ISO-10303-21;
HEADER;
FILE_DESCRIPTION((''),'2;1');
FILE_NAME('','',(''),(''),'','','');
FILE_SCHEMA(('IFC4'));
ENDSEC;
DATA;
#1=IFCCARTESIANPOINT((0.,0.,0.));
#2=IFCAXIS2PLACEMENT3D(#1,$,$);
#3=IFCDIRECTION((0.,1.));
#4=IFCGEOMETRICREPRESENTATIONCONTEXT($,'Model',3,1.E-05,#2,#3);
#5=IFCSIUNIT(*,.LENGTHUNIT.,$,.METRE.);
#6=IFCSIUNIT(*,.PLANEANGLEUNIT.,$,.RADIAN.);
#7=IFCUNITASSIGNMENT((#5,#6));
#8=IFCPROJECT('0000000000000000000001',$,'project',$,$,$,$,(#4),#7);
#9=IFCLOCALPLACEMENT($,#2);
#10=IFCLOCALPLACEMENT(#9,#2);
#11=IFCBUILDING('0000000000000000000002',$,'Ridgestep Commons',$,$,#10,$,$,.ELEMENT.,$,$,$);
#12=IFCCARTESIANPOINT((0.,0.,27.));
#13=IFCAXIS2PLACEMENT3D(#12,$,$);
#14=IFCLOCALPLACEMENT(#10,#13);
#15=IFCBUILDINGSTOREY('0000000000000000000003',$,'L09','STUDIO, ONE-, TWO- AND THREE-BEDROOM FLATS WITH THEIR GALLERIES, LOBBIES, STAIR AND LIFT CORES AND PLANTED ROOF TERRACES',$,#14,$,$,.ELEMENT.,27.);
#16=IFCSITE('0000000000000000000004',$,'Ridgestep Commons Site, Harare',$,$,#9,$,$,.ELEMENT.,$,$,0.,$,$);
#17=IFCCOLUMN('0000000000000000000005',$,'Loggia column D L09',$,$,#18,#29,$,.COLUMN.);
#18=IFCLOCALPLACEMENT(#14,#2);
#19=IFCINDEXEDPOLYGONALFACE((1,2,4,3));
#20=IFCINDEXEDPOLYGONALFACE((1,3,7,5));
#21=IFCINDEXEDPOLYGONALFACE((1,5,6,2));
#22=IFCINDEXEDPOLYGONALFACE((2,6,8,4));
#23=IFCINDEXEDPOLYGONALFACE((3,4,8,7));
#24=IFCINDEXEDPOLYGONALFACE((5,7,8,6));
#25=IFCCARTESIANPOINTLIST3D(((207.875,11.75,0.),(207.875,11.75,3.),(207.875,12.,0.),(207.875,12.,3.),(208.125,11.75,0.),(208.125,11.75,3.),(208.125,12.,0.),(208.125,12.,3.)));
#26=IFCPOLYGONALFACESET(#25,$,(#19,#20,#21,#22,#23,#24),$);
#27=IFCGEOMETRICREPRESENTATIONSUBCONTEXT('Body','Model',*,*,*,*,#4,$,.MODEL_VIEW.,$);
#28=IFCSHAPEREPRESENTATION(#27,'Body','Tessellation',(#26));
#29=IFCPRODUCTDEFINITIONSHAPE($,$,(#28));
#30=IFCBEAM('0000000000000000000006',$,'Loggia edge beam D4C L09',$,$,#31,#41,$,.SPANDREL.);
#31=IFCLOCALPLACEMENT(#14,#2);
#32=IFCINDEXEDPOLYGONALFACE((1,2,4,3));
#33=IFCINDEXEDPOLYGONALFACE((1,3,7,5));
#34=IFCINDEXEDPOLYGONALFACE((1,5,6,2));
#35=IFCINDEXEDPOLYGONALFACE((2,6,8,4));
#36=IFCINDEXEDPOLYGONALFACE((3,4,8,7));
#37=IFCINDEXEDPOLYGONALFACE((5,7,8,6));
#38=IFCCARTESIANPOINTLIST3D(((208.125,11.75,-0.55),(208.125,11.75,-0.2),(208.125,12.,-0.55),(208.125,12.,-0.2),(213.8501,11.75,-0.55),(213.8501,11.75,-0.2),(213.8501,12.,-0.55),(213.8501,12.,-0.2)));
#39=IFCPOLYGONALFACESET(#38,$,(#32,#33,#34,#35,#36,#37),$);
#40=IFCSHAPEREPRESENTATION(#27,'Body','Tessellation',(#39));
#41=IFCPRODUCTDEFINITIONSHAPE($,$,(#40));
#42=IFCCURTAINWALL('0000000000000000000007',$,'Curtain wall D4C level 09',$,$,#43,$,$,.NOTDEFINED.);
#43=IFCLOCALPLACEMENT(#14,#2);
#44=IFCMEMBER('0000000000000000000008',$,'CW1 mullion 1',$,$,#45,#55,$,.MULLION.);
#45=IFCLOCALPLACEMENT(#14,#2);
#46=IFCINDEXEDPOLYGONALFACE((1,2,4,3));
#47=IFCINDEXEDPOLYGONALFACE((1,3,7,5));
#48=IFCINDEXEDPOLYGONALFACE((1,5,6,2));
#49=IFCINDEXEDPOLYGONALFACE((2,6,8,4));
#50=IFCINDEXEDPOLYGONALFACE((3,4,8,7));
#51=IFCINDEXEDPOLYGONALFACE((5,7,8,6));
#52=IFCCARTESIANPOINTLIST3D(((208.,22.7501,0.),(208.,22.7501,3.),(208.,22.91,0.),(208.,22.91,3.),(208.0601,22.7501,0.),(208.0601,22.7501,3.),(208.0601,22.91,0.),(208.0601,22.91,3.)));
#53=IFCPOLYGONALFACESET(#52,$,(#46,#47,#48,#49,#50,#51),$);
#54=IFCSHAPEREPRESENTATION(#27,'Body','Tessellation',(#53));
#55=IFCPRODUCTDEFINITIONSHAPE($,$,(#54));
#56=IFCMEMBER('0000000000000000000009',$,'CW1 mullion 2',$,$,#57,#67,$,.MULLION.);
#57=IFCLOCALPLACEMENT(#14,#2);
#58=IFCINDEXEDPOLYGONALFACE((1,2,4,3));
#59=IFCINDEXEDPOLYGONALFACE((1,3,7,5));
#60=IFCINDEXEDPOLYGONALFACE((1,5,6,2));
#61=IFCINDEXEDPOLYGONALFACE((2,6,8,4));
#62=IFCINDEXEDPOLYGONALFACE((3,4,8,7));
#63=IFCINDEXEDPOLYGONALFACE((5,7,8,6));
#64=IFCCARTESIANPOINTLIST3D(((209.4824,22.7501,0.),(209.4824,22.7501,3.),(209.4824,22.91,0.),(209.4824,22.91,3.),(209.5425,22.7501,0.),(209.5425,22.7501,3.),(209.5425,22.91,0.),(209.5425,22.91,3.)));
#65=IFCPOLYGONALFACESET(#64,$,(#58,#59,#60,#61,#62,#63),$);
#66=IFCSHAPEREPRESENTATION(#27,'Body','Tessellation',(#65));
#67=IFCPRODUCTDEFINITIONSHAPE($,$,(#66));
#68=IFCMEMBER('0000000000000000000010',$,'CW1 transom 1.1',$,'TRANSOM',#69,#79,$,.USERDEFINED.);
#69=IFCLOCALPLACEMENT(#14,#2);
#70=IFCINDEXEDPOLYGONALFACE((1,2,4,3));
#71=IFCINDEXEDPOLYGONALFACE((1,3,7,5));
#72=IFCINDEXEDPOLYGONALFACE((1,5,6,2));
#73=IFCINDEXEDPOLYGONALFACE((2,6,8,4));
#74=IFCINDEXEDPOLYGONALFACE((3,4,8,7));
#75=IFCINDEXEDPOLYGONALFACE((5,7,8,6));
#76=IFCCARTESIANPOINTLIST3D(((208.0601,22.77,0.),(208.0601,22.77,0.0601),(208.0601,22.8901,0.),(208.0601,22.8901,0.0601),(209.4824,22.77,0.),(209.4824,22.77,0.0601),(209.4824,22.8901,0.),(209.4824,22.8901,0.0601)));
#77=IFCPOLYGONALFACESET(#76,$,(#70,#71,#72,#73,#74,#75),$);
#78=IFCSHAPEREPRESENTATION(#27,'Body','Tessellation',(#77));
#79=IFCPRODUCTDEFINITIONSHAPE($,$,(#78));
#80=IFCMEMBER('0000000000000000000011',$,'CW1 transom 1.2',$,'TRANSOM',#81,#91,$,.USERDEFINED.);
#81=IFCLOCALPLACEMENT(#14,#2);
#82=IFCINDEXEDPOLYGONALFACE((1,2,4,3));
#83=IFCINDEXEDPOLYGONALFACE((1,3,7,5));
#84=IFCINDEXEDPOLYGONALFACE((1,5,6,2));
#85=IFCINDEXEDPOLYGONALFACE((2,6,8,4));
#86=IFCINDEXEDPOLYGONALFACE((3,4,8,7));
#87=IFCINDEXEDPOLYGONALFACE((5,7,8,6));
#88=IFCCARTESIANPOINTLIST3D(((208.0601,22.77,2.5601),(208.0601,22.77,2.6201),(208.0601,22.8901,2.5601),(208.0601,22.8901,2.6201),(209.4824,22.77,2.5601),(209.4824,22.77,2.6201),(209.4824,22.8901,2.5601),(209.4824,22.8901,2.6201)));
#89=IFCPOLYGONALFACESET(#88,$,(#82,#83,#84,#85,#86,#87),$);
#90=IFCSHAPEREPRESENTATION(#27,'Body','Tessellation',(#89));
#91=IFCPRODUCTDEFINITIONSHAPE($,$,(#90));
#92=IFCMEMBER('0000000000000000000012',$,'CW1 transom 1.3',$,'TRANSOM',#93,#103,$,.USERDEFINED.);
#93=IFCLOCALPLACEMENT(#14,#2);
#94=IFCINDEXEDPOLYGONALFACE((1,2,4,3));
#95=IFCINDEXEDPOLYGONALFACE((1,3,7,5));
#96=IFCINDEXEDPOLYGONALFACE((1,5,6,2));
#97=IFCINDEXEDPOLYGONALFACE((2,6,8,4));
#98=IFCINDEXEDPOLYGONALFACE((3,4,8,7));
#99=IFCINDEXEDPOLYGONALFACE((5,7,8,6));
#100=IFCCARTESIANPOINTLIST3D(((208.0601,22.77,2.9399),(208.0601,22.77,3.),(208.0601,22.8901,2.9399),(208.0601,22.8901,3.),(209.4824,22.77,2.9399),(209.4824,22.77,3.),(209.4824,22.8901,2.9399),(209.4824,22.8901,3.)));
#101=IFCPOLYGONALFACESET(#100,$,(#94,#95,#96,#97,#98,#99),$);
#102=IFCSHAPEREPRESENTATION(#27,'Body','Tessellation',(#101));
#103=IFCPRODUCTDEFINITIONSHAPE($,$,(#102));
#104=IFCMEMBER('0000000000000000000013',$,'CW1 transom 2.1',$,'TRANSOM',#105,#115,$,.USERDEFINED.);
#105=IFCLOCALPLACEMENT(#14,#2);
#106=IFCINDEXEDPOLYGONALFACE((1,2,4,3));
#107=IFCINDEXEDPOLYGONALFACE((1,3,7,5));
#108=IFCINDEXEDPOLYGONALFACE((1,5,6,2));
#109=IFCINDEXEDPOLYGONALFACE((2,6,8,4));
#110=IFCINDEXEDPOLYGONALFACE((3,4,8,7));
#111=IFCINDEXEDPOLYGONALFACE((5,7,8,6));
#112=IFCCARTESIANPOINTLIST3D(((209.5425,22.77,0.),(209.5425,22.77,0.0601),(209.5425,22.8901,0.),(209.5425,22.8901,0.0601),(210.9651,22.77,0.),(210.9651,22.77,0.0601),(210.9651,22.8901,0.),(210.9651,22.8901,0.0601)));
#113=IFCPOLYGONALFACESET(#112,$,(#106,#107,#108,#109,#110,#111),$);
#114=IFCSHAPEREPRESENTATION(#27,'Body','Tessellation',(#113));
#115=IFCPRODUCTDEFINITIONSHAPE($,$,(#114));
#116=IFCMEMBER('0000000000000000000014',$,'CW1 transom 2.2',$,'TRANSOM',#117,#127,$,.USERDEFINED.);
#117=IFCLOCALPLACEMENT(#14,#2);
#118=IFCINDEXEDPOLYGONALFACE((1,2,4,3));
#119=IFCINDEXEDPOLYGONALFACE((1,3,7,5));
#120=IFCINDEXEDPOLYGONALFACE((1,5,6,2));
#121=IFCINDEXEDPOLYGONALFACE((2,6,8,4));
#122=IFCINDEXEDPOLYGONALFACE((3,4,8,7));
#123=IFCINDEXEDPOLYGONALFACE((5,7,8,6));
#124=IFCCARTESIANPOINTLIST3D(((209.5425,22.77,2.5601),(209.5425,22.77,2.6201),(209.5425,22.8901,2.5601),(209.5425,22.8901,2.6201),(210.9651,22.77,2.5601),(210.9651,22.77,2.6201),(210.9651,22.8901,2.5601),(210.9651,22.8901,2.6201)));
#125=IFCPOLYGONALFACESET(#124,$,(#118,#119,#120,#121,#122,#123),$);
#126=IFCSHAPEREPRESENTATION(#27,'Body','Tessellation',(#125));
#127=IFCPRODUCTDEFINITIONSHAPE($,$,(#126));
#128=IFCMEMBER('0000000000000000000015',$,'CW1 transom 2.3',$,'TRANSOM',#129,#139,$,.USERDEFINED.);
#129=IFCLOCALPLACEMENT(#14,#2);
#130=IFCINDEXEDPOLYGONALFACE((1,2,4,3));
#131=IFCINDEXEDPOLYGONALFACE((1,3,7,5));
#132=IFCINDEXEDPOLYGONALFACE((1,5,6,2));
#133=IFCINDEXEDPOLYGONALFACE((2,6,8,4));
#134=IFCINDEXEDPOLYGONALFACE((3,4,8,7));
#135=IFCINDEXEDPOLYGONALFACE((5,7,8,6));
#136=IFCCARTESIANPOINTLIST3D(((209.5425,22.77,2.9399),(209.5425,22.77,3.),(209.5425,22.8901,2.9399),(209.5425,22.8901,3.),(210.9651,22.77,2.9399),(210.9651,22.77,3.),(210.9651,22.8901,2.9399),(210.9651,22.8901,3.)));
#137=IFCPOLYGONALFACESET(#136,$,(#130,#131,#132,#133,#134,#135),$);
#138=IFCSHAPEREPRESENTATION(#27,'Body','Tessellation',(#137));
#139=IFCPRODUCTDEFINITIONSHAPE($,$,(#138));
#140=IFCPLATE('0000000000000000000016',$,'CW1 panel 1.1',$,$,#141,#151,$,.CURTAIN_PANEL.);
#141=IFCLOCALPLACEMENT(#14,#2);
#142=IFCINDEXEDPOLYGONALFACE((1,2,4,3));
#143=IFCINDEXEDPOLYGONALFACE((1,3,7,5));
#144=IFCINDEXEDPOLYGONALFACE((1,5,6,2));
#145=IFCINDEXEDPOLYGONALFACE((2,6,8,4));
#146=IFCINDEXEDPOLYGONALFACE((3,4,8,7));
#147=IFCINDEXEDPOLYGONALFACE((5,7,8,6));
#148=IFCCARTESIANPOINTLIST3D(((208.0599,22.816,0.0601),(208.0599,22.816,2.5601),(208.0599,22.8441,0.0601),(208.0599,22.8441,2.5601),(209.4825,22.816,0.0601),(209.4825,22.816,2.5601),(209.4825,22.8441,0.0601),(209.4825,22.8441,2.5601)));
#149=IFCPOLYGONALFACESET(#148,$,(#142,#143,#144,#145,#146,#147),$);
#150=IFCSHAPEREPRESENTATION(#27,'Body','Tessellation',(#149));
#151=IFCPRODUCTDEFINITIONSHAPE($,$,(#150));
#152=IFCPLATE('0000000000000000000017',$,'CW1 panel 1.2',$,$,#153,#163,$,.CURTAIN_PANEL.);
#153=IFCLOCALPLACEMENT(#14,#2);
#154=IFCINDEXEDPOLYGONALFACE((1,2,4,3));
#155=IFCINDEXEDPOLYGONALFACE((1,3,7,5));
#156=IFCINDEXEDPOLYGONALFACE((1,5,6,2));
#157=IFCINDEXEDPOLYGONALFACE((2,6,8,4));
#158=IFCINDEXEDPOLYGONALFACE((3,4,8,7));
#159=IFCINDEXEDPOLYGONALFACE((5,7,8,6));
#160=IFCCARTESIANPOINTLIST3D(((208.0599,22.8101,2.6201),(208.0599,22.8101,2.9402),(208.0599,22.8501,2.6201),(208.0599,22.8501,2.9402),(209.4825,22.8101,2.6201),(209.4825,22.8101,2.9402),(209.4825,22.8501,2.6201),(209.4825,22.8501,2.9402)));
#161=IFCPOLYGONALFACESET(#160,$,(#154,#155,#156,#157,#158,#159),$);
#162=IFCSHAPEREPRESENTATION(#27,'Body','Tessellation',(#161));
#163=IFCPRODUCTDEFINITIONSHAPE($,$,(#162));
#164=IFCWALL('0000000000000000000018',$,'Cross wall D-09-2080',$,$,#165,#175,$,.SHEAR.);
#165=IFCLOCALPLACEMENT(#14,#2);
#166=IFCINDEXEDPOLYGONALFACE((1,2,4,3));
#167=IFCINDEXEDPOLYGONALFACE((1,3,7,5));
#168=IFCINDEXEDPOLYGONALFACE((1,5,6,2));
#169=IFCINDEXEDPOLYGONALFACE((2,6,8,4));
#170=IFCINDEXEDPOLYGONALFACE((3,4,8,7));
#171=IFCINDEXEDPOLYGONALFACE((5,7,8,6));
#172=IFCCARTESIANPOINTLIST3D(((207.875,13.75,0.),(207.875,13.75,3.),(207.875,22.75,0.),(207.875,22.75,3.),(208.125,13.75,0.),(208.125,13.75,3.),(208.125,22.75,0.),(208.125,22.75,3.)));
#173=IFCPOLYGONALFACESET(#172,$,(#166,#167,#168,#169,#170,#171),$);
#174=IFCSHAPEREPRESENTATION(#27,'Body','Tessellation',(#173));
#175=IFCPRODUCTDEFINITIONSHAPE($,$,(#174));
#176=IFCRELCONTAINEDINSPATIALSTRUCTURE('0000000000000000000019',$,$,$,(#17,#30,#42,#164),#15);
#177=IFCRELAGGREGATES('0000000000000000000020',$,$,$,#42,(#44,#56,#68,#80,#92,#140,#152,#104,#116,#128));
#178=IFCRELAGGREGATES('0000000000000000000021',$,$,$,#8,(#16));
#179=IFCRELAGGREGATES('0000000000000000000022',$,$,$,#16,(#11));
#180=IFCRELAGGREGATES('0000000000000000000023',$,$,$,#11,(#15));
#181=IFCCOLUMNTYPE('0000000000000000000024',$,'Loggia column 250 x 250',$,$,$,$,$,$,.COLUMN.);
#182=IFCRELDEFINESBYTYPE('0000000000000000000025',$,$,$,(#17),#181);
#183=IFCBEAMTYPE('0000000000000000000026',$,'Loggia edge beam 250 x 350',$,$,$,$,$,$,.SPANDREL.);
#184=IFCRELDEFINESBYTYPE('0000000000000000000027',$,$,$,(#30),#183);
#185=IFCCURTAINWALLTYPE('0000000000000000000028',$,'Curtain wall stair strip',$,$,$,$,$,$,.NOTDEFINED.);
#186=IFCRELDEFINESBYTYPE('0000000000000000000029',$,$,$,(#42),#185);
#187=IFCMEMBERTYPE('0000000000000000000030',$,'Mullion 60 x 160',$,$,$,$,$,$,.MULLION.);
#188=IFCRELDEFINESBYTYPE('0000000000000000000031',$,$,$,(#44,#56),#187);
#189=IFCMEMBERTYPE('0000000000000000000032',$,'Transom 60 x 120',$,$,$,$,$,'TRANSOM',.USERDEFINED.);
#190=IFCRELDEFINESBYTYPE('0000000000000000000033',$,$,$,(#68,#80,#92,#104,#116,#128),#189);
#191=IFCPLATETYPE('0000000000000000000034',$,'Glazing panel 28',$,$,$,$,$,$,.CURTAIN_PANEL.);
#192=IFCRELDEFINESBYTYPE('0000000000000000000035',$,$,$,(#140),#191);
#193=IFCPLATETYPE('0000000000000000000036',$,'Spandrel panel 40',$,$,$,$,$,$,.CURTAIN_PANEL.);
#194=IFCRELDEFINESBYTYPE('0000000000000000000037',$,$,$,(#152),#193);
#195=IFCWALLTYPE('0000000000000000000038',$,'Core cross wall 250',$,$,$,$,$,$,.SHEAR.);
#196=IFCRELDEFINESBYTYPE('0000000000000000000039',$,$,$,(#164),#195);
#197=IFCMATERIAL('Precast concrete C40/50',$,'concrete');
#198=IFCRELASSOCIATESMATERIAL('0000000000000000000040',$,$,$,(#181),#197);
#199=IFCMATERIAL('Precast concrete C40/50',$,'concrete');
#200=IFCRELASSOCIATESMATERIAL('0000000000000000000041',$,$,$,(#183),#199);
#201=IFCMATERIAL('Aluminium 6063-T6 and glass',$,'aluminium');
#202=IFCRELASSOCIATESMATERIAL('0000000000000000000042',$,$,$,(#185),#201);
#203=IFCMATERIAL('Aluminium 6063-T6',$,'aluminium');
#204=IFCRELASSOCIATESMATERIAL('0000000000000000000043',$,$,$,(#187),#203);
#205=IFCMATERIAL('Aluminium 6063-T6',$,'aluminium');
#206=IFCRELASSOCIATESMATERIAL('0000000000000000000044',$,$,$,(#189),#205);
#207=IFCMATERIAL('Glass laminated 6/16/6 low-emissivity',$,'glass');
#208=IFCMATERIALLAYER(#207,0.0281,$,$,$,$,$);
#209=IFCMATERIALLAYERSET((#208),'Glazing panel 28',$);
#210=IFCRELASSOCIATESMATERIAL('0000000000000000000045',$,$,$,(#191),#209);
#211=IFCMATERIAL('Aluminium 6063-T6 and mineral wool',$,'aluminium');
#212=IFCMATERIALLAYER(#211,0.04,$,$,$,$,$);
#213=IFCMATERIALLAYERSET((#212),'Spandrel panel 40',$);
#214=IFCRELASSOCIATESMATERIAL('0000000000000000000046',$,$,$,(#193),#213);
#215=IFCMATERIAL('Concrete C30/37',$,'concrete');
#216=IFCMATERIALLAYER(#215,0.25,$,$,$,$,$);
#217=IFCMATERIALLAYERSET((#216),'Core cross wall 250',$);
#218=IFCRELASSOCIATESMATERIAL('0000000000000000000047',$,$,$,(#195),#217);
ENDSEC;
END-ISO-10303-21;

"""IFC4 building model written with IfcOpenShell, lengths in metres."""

from ifc_helpers import new_model, si_unit, direction, frame, frame_2d, origin, origin_2d, place, context, subcontext, project, spatial, rectangle, extrude, material, layer, layer_set, material_profile, profile_set, type_object, element, aggregate, save


model = new_model("IFC4")

# Units and contexts
model_context = context("Model", 3, precision=1e-05, world=origin(), true_north=direction((0.0, 1.0)))
body_context = subcontext(model_context, "Body", "Model", "MODEL_VIEW")
ifc_project = project(units=[si_unit("LENGTHUNIT", "METRE"), si_unit("PLANEANGLEUNIT", "RADIAN")], contexts=[model_context])

# Site, building, storey
site_placement = place(None, origin())
site = spatial("IfcSite", under=ifc_project, at=site_placement, Name="Ridgestep Commons Site, Harare", CompositionType="ELEMENT", RefElevation=0.0)
building_placement = place(site_placement, origin())
building = spatial("IfcBuilding", under=site, at=building_placement, Name="Ridgestep Commons", CompositionType="ELEMENT")
storey_placement = place(building_placement, frame((0.0, 0.0, 27.0)))
storey = spatial("IfcBuildingStorey", under=building, at=storey_placement, Name="L09", Description="STUDIO, ONE-, TWO- AND THREE-BEDROOM FLATS WITH THEIR GALLERIES, LOBBIES, STAIR AND LIFT CORES AND PLANTED ROOF TERRACES", CompositionType="ELEMENT", Elevation=27.0)

# Column
ifc_material_1 = material(Name="Precast concrete C40/50", Category="concrete")
ifc_material_profile_1 = material_profile(ifc_material_1, rectangle(XDim=0.25, YDim=0.25, at=origin_2d()), Name="PC 250x250")
ifc_profile_set_1 = profile_set([ifc_material_profile_1], Name="Precast concrete C40/50")
column_type = type_object("IfcColumnType", Name="Loggia column 250 x 250", PredefinedType="COLUMN", material=ifc_profile_set_1)
column_placement = place(storey_placement, frame((208.0, 11.875, 0.0), z_axis=(0.0, 0.0, 1.0), x_axis=(1.0, 0.0, 0.0)))
element("IfcColumn", 1, at=column_placement, inside=storey, type_object=column_type, Name="Loggia column D L09", PredefinedType="COLUMN", context=body_context, shape_type="SweptSolid", body=[
    extrude(rectangle(XDim=0.25, YDim=0.25, at=origin_2d()), origin(), (0.0, 0.0, 1.0), 3.0),
])

# Beam
ifc_material_2 = material(Name="Precast concrete C40/50", Category="concrete")
ifc_material_profile_2 = material_profile(ifc_material_2, rectangle(XDim=0.25, YDim=0.3501, at=origin_2d()), Name="PC 250x350")
ifc_profile_set_2 = profile_set([ifc_material_profile_2], Name="Precast concrete C40/50")
beam_type = type_object("IfcBeamType", Name="Loggia edge beam 250 x 350", PredefinedType="SPANDREL", material=ifc_profile_set_2)
beam_placement = place(storey_placement, frame((208.125, 11.875, -0.375), z_axis=(1.0, 0.0, 0.0), x_axis=(0.0, 1.0, 0.0)))
element("IfcBeam", 2, at=beam_placement, inside=storey, type_object=beam_type, Name="Loggia edge beam D4C L09", PredefinedType="SPANDREL", context=body_context, shape_type="SweptSolid", body=[
    extrude(rectangle(XDim=0.25, YDim=0.3501, at=origin_2d()), origin(), (0.0, 0.0, 1.0), 5.7251),
])

# Curtain wall, members, plates
ifc_material_3 = material(Name="Aluminium 6063-T6 and glass", Category="aluminium")
curtain_wall_type = type_object("IfcCurtainWallType", Name="Curtain wall stair strip", PredefinedType="NOTDEFINED", material=ifc_material_3)
curtain_wall_placement = place(storey_placement, origin())
curtain_wall = element("IfcCurtainWall", 3, at=curtain_wall_placement, inside=storey, type_object=curtain_wall_type, Name="Curtain wall D4C level 09", PredefinedType="NOTDEFINED")
ifc_material_4 = material(Name="Aluminium 6063-T6", Category="aluminium")
ifc_material_profile_3 = material_profile(ifc_material_4, rectangle(XDim=0.1599, YDim=0.0601, at=origin_2d()), Name="Mullion 60 x 160")
ifc_profile_set_3 = profile_set([ifc_material_profile_3], Name="Aluminium 6063-T6")
member_type_1 = type_object("IfcMemberType", Name="Mullion 60 x 160", PredefinedType="MULLION", material=ifc_profile_set_3)
member_1_placement = place(storey_placement, frame((208.03, 22.8301, 0.0), z_axis=(0.0, 0.0, 1.0), x_axis=(0.0, 1.0, 0.0)))
member_1 = element("IfcMember", 4, at=member_1_placement, type_object=member_type_1, Name="CW1 mullion 1", PredefinedType="MULLION", context=body_context, shape_type="SweptSolid", body=[
    extrude(rectangle(XDim=0.1599, YDim=0.0601, at=origin_2d()), origin(), (0.0, 0.0, 1.0), 3.0),
])
member_2_placement = place(storey_placement, frame((209.5125, 22.8301, 0.0), z_axis=(0.0, 0.0, 1.0), x_axis=(0.0, 1.0, 0.0)))
member_2 = element("IfcMember", 5, at=member_2_placement, type_object=member_type_1, Name="CW1 mullion 2", PredefinedType="MULLION", context=body_context, shape_type="SweptSolid", body=[
    extrude(rectangle(XDim=0.1599, YDim=0.0601, at=origin_2d()), origin(), (0.0, 0.0, 1.0), 3.0),
])
ifc_material_5 = material(Name="Aluminium 6063-T6", Category="aluminium")
ifc_material_profile_4 = material_profile(ifc_material_5, rectangle(XDim=0.1201, YDim=0.0601, at=origin_2d()), Name="Transom 60 x 120")
ifc_profile_set_4 = profile_set([ifc_material_profile_4], Name="Aluminium 6063-T6")
member_type_2 = type_object("IfcMemberType", Name="Transom 60 x 120", ElementType="TRANSOM", PredefinedType="USERDEFINED", material=ifc_profile_set_4)
member_3_placement = place(storey_placement, frame((208.0601, 22.8301, 0.03), z_axis=(1.0, 0.0, 0.0), x_axis=(0.0, 1.0, 0.0)))
member_3 = element("IfcMember", 6, at=member_3_placement, type_object=member_type_2, Name="CW1 transom 1.1", ObjectType="TRANSOM", PredefinedType="USERDEFINED", context=body_context, shape_type="SweptSolid", body=[
    extrude(rectangle(XDim=0.1201, YDim=0.0601, at=origin_2d()), origin(), (0.0, 0.0, 1.0), 1.4224),
])
member_4_placement = place(storey_placement, frame((208.0601, 22.8301, 2.5901), z_axis=(1.0, 0.0, 0.0), x_axis=(0.0, 1.0, 0.0)))
member_4 = element("IfcMember", 7, at=member_4_placement, type_object=member_type_2, Name="CW1 transom 1.2", ObjectType="TRANSOM", PredefinedType="USERDEFINED", context=body_context, shape_type="SweptSolid", body=[
    extrude(rectangle(XDim=0.1201, YDim=0.0601, at=origin_2d()), origin(), (0.0, 0.0, 1.0), 1.4224),
])
member_5_placement = place(storey_placement, frame((208.0601, 22.8301, 2.97), z_axis=(1.0, 0.0, 0.0), x_axis=(0.0, 1.0, 0.0)))
member_5 = element("IfcMember", 8, at=member_5_placement, type_object=member_type_2, Name="CW1 transom 1.3", ObjectType="TRANSOM", PredefinedType="USERDEFINED", context=body_context, shape_type="SweptSolid", body=[
    extrude(rectangle(XDim=0.1201, YDim=0.0601, at=origin_2d()), origin(), (0.0, 0.0, 1.0), 1.4224),
])
member_6_placement = place(storey_placement, frame((209.5425, 22.8301, 0.03), z_axis=(1.0, 0.0, 0.0), x_axis=(0.0, 1.0, 0.0)))
member_6 = element("IfcMember", 9, at=member_6_placement, type_object=member_type_2, Name="CW1 transom 2.1", ObjectType="TRANSOM", PredefinedType="USERDEFINED", context=body_context, shape_type="SweptSolid", body=[
    extrude(rectangle(XDim=0.1201, YDim=0.0601, at=origin_2d()), origin(), (0.0, 0.0, 1.0), 1.4226),
])
member_7_placement = place(storey_placement, frame((209.5425, 22.8301, 2.5901), z_axis=(1.0, 0.0, 0.0), x_axis=(0.0, 1.0, 0.0)))
member_7 = element("IfcMember", 10, at=member_7_placement, type_object=member_type_2, Name="CW1 transom 2.2", ObjectType="TRANSOM", PredefinedType="USERDEFINED", context=body_context, shape_type="SweptSolid", body=[
    extrude(rectangle(XDim=0.1201, YDim=0.0601, at=origin_2d()), origin(), (0.0, 0.0, 1.0), 1.4226),
])
member_8_placement = place(storey_placement, frame((209.5425, 22.8301, 2.97), z_axis=(1.0, 0.0, 0.0), x_axis=(0.0, 1.0, 0.0)))
member_8 = element("IfcMember", 11, at=member_8_placement, type_object=member_type_2, Name="CW1 transom 2.3", ObjectType="TRANSOM", PredefinedType="USERDEFINED", context=body_context, shape_type="SweptSolid", body=[
    extrude(rectangle(XDim=0.1201, YDim=0.0601, at=origin_2d()), origin(), (0.0, 0.0, 1.0), 1.4226),
])
ifc_material_6 = material(Name="Glass laminated 6/16/6 low-emissivity", Category="glass")
ifc_layer_1 = layer(ifc_material_6, 0.0281)
ifc_layer_set_1 = layer_set([ifc_layer_1], Name="Glazing panel 28")
plate_type_1 = type_object("IfcPlateType", Name="Glazing panel 28", PredefinedType="CURTAIN_PANEL", material=ifc_layer_set_1)
plate_1_placement = place(storey_placement, frame((208.7712, 22.8301, 0.0601), z_axis=(0.0, 0.0, 1.0), x_axis=(1.0, 0.0, 0.0)))
plate_1 = element("IfcPlate", 12, at=plate_1_placement, type_object=plate_type_1, Name="CW1 panel 1.1", PredefinedType="CURTAIN_PANEL", context=body_context, shape_type="SweptSolid", body=[
    extrude(rectangle(XDim=1.4226, YDim=0.0281, at=origin_2d()), origin(), (0.0, 0.0, 1.0), 2.5),
])
ifc_material_7 = material(Name="Aluminium 6063-T6 and mineral wool", Category="aluminium")
ifc_layer_2 = layer(ifc_material_7, 0.04)
ifc_layer_set_2 = layer_set([ifc_layer_2], Name="Spandrel panel 40")
plate_type_2 = type_object("IfcPlateType", Name="Spandrel panel 40", PredefinedType="CURTAIN_PANEL", material=ifc_layer_set_2)
plate_2_placement = place(storey_placement, frame((208.7712, 22.8301, 2.6201), z_axis=(0.0, 0.0, 1.0), x_axis=(1.0, 0.0, 0.0)))
plate_2 = element("IfcPlate", 13, at=plate_2_placement, type_object=plate_type_2, Name="CW1 panel 1.2", PredefinedType="CURTAIN_PANEL", context=body_context, shape_type="SweptSolid", body=[
    extrude(rectangle(XDim=1.4226, YDim=0.04, at=origin_2d()), origin(), (0.0, 0.0, 1.0), 0.3201),
])
aggregate(curtain_wall, [member_1, member_2, member_3, member_4, member_5, plate_1, plate_2, member_6, member_7, member_8])

# Wall
ifc_material_8 = material(Name="Concrete C30/37", Category="concrete")
ifc_layer_3 = layer(ifc_material_8, 0.25)
ifc_layer_set_3 = layer_set([ifc_layer_3], Name="Core cross wall 250")
wall_type_1 = type_object("IfcWallType", Name="Core cross wall 250", PredefinedType="SHEAR", material=ifc_layer_set_3)
wall_1_placement = place(storey_placement, frame((208.0, 13.75, 0.0), z_axis=(0.0, 0.0, 1.0), x_axis=(0.0, 1.0, 0.0)))
element("IfcWall", 14, at=wall_1_placement, inside=storey, type_object=wall_type_1, Name="Cross wall D-09-2080", PredefinedType="SHEAR", context=body_context, shape_type="SweptSolid", body=[
    extrude(rectangle(XDim=9.0, YDim=0.25, at=frame_2d((4.5, 0.0))), origin(), (0.0, 0.0, 1.0), 3.0),
])

save(model, "model.ifc")
